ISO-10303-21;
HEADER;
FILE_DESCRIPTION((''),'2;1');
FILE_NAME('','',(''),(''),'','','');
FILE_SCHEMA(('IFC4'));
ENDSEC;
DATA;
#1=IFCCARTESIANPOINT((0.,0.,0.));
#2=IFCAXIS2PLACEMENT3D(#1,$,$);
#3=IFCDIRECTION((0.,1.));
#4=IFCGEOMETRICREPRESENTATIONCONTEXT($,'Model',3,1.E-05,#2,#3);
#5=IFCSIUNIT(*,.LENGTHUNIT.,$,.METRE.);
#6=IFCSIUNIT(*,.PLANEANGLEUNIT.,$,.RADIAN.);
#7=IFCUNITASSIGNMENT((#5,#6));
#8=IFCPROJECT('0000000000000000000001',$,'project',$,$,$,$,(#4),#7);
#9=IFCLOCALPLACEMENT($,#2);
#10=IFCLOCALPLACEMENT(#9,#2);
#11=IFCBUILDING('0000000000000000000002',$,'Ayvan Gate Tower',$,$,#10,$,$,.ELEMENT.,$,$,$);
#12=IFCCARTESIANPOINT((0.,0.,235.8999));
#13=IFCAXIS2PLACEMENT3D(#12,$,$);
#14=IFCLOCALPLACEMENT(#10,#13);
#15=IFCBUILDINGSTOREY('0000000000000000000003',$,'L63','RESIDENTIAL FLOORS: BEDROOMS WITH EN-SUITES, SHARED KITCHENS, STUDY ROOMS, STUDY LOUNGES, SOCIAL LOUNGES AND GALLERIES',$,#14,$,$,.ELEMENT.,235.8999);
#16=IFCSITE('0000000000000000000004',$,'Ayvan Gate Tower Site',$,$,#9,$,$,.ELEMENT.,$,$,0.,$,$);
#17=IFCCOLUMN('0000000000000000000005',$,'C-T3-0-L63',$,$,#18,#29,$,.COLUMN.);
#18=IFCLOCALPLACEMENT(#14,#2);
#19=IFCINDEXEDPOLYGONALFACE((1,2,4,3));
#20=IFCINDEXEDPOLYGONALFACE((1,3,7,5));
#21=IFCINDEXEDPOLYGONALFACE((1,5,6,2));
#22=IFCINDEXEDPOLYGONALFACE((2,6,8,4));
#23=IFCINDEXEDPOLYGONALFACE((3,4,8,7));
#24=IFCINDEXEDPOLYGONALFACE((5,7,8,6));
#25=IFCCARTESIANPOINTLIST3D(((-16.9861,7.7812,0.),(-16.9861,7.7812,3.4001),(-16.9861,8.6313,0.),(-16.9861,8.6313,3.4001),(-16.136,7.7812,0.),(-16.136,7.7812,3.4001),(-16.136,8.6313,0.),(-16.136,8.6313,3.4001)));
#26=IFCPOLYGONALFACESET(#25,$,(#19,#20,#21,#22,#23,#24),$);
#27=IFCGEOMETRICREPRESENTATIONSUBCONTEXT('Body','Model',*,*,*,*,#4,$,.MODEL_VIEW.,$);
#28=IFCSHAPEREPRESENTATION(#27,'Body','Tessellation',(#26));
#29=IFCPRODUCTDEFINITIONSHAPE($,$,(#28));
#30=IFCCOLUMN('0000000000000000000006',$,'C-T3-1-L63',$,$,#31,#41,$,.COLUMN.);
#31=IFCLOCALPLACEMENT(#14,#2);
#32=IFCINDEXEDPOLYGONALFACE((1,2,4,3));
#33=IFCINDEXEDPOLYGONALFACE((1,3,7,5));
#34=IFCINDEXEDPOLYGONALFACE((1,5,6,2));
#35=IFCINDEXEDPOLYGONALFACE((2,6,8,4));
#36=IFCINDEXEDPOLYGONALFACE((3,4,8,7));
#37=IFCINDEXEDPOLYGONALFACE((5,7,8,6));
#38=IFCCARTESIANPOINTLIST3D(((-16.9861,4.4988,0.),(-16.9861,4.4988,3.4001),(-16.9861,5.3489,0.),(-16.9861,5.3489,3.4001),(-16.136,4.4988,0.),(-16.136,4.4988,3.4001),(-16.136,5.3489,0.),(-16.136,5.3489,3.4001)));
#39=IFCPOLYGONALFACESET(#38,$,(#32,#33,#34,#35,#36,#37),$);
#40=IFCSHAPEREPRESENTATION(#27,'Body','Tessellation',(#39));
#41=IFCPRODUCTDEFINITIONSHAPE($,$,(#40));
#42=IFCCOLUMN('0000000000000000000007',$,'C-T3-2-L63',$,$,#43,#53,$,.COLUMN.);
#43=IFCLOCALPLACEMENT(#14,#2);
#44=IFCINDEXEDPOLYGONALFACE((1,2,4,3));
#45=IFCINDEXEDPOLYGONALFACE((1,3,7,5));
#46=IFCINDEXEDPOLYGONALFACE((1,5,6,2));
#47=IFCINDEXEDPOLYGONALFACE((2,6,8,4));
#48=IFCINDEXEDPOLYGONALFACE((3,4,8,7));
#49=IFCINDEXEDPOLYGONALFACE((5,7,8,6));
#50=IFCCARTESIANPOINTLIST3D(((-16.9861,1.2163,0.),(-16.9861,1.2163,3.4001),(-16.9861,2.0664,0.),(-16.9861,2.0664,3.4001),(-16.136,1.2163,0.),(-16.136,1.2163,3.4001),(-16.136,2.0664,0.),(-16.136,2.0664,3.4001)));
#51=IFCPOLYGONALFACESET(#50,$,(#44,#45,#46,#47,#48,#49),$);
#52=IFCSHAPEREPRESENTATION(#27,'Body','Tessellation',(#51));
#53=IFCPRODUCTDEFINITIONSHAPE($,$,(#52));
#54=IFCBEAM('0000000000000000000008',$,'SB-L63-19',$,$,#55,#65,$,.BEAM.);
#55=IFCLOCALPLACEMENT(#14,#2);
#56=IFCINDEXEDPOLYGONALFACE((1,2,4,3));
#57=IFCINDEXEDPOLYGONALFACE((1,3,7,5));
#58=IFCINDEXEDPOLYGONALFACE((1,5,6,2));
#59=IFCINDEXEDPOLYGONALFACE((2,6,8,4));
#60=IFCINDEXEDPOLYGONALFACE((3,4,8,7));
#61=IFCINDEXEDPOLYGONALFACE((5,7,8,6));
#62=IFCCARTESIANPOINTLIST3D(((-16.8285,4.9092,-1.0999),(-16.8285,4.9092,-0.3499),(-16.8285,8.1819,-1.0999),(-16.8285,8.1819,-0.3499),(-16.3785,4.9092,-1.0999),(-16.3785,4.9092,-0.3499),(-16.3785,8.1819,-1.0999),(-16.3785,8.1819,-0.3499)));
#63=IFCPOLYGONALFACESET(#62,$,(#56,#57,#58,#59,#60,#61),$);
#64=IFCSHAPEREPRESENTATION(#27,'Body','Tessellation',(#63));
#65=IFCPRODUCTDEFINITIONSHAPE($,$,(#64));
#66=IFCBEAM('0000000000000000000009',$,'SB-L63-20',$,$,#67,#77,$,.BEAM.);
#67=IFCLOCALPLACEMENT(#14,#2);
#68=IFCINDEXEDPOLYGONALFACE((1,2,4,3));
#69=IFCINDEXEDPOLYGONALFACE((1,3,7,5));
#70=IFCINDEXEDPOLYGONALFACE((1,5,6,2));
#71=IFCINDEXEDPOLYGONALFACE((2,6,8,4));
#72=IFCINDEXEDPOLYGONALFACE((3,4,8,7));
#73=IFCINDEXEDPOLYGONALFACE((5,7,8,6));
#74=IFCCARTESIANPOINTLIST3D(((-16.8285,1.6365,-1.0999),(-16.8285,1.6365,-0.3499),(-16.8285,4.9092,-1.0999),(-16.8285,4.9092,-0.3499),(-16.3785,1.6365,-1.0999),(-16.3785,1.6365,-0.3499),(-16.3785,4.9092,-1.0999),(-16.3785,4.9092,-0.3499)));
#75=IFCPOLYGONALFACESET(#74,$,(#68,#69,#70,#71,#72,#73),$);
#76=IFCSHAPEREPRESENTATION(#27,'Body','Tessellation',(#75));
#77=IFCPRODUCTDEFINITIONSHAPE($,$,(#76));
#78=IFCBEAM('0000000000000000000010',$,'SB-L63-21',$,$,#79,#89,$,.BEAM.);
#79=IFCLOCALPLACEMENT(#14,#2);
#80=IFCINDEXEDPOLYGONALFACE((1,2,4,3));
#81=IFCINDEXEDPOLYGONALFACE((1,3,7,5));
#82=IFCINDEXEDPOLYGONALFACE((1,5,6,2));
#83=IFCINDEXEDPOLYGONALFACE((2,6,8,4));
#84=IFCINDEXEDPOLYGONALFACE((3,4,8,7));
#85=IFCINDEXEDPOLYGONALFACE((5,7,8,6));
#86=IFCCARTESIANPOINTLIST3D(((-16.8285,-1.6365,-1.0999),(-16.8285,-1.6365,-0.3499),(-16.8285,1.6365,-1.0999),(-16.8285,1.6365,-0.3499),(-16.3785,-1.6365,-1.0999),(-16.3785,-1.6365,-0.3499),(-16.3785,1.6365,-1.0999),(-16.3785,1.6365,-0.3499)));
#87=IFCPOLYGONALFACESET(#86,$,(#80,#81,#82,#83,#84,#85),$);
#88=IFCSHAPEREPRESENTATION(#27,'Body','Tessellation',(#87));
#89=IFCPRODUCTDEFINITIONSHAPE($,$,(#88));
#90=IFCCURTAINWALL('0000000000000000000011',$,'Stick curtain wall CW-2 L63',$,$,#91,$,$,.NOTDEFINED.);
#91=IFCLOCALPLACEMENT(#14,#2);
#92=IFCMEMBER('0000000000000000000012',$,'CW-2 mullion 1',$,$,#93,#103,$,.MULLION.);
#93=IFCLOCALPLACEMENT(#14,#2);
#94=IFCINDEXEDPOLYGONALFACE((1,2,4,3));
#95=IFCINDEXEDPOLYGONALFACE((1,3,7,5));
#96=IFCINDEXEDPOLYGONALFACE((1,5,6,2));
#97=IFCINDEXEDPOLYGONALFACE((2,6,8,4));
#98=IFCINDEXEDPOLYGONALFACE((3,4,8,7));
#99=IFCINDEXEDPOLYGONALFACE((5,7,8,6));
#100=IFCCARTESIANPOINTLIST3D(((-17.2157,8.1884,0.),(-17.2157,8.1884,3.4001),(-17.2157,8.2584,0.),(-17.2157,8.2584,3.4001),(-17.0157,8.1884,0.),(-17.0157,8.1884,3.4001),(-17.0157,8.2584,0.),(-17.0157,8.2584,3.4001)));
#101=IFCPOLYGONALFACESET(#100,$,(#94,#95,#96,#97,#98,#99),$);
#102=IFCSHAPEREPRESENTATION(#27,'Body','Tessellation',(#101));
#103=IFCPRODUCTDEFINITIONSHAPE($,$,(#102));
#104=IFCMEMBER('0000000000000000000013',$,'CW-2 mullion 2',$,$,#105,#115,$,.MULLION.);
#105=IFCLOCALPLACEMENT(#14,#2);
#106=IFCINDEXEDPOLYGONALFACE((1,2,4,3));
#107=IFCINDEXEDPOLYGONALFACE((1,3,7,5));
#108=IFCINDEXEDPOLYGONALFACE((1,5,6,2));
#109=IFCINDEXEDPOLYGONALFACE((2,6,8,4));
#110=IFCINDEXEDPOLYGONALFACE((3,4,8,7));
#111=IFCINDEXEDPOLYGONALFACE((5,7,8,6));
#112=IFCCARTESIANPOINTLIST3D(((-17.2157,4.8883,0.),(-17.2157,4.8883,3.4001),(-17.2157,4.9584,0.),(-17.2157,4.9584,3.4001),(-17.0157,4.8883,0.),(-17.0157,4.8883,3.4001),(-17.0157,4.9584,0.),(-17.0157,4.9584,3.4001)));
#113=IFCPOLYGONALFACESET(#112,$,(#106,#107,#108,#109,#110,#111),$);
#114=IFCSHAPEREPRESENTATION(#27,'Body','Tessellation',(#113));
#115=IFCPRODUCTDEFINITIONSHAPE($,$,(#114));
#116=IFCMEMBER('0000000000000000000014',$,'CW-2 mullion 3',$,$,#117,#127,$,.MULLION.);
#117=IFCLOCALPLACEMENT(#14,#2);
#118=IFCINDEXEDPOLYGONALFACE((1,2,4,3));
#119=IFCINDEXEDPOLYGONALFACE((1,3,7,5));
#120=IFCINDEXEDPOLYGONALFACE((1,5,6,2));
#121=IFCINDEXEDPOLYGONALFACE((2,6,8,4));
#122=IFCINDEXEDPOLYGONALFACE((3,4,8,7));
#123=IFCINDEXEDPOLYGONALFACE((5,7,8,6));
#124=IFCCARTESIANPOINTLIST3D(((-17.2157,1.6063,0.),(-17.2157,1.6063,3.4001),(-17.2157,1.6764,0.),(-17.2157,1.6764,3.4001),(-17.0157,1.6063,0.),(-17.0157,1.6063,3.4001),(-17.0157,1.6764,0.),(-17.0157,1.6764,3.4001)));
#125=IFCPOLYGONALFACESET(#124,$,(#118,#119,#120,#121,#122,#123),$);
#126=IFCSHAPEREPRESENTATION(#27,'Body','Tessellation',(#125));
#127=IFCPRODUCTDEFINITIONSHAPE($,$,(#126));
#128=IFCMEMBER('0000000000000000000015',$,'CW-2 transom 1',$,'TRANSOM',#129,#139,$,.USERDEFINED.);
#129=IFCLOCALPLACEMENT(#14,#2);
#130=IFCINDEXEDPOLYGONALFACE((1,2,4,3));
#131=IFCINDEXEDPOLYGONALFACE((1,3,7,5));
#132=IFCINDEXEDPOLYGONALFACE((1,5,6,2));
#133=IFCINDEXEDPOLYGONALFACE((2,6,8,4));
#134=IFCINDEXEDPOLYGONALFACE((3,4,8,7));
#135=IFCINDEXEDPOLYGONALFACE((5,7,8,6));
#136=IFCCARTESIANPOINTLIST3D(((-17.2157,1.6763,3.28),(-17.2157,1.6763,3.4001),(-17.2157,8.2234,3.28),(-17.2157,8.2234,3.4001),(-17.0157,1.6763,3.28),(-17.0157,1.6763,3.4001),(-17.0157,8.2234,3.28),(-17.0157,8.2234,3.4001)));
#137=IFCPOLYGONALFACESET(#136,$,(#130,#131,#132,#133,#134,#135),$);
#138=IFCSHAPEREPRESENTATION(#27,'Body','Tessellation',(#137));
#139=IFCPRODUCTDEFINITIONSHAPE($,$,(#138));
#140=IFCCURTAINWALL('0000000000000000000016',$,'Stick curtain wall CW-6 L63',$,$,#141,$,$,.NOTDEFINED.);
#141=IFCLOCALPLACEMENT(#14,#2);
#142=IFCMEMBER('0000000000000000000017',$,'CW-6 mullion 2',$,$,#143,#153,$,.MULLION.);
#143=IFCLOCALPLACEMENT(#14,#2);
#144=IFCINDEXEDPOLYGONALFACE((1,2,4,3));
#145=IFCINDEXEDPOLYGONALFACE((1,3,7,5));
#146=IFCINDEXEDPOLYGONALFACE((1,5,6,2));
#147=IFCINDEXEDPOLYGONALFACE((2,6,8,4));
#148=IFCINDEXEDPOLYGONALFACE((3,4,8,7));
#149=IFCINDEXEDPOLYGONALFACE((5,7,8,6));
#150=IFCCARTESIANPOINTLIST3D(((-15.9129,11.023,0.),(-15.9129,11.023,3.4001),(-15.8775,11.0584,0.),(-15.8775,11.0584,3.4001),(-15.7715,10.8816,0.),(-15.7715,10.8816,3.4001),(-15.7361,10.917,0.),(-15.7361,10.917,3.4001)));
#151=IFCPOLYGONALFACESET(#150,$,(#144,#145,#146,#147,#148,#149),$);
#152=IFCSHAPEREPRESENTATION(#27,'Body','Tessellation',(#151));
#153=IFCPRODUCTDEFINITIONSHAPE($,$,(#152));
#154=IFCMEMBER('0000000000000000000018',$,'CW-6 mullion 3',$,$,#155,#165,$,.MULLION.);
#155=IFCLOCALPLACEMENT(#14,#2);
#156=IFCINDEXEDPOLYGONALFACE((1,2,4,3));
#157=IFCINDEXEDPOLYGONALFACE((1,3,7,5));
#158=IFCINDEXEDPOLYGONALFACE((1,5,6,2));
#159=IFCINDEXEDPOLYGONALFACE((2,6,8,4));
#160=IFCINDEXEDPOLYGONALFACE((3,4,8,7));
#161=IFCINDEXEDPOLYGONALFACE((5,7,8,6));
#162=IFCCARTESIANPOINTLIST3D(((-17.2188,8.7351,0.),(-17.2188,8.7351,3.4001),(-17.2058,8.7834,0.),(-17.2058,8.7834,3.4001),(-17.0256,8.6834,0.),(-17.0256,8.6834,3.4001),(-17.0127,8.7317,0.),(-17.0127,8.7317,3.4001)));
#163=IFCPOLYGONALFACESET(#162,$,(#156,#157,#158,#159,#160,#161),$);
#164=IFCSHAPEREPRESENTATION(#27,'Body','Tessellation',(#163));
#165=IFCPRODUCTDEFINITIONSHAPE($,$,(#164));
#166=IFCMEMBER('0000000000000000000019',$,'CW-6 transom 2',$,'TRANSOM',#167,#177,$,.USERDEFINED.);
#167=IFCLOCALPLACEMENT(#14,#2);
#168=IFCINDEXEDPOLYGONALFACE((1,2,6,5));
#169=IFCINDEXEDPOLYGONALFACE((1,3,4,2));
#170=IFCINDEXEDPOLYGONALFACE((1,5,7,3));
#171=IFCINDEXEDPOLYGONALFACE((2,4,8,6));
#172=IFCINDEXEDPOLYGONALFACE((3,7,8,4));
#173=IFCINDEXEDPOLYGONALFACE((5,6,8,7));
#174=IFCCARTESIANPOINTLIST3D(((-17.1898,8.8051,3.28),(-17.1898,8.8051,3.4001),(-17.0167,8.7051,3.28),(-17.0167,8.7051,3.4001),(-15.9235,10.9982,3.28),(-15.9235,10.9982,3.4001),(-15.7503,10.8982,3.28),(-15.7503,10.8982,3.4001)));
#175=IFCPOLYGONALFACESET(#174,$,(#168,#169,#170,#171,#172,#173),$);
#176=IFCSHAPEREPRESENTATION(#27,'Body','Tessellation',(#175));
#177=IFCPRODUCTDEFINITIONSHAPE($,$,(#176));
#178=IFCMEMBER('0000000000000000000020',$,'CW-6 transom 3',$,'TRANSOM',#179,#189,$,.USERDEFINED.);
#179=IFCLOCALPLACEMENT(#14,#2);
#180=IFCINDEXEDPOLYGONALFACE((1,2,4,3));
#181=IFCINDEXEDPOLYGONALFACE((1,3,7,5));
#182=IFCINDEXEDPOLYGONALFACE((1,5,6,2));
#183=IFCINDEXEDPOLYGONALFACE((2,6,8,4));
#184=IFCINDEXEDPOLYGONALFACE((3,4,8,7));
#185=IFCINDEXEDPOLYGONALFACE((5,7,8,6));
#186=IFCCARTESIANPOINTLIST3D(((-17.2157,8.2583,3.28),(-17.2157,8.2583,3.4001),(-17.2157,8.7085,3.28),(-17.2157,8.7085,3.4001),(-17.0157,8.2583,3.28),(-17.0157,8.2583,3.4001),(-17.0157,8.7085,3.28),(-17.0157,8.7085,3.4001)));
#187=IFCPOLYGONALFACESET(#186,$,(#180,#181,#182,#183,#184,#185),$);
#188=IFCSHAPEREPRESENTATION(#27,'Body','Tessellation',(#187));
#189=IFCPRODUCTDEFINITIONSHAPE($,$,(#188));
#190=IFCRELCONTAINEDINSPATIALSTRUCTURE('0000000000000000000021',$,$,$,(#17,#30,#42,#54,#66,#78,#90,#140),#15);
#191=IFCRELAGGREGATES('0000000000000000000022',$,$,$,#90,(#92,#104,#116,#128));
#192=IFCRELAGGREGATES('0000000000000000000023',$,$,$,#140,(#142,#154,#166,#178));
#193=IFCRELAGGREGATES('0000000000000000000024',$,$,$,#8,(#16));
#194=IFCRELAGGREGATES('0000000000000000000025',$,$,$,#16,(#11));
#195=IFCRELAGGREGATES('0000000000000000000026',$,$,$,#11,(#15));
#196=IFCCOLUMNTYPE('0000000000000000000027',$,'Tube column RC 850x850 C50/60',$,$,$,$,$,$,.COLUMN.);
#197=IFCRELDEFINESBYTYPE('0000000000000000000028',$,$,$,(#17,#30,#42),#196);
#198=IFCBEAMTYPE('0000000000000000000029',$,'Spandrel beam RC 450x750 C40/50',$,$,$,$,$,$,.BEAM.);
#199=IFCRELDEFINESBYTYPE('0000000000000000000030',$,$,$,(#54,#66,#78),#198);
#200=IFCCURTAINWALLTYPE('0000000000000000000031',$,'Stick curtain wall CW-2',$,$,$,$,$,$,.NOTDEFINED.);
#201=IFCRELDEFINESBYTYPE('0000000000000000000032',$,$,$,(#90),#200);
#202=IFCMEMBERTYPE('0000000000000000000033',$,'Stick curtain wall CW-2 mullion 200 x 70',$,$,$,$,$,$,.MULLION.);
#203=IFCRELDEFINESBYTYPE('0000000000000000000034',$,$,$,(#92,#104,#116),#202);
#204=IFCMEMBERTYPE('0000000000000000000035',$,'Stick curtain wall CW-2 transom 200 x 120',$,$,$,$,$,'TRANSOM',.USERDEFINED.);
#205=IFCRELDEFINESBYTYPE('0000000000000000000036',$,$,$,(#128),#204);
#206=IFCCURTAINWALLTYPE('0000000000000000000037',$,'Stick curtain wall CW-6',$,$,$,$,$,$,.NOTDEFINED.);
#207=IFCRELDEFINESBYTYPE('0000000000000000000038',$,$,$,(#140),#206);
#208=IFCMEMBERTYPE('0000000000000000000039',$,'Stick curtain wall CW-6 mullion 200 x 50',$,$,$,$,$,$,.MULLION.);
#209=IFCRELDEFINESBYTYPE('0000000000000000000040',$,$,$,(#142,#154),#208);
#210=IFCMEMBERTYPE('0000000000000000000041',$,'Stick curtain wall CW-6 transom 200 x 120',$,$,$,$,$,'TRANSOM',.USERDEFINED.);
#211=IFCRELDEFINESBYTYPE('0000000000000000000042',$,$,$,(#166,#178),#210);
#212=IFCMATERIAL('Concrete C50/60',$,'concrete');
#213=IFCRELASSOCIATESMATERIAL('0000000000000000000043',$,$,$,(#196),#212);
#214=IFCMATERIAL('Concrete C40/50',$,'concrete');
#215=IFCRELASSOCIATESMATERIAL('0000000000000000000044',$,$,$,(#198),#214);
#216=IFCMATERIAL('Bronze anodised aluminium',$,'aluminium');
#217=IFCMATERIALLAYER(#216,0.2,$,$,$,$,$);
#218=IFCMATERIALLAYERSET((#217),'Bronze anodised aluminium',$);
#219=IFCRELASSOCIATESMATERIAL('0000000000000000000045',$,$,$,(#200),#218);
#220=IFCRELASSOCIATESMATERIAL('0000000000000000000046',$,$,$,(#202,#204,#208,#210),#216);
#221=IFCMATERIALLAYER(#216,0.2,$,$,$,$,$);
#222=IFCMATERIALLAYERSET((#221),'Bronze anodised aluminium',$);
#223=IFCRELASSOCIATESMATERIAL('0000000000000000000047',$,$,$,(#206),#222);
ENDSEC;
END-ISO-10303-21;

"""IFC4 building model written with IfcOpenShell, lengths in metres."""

from ifc_helpers import new_model, si_unit, direction, frame, origin, origin_2d, place, context, subcontext, project, spatial, rectangle, extrude, material, layer, layer_set, material_profile, profile_set, type_object, element, aggregate, save


model = new_model("IFC4")

# Units and contexts
model_context = context("Model", 3, precision=1e-05, world=origin(), true_north=direction((0.0, 1.0)))
body_context = subcontext(model_context, "Body", "Model", "MODEL_VIEW")
ifc_project = project(units=[si_unit("LENGTHUNIT", "METRE"), si_unit("PLANEANGLEUNIT", "RADIAN")], contexts=[model_context])

# Site, building, storey
site_placement = place(None, origin())
site = spatial("IfcSite", under=ifc_project, at=site_placement, Name="Ayvan Gate Tower Site", CompositionType="ELEMENT", RefElevation=0.0)
building_placement = place(site_placement, origin())
building = spatial("IfcBuilding", under=site, at=building_placement, Name="Ayvan Gate Tower", CompositionType="ELEMENT")
storey_placement = place(building_placement, frame((0.0, 0.0, 235.8999)))
storey = spatial("IfcBuildingStorey", under=building, at=storey_placement, Name="L63", Description="RESIDENTIAL FLOORS: BEDROOMS WITH EN-SUITES, SHARED KITCHENS, STUDY ROOMS, STUDY LOUNGES, SOCIAL LOUNGES AND GALLERIES", CompositionType="ELEMENT", Elevation=235.8999)

# Columns
ifc_material_1 = material(Name="Concrete C50/60", Category="concrete")
ifc_material_profile_1 = material_profile(ifc_material_1, rectangle(XDim=0.8501, YDim=0.8501, at=origin_2d()), Name="RC 850x850")
ifc_profile_set_1 = profile_set([ifc_material_profile_1], Name="Concrete C50/60")
column_type = type_object("IfcColumnType", Name="Tube column RC 850x850 C50/60", PredefinedType="COLUMN", material=ifc_profile_set_1)
for number, where, z_axis, x_axis, name in (
    (1, (-16.561, 8.2063, 0.0), (0.0, 0.0, 1.0), (-1.0, 0.0, 0.0), "C-T3-0-L63"),
    (2, (-16.561, 4.9238, 0.0), (0.0, 0.0, 1.0), (-1.0, 0.0, 0.0), "C-T3-1-L63"),
    (3, (-16.561, 1.6414, 0.0), (0.0, 0.0, 1.0), (-1.0, 0.0, 0.0), "C-T3-2-L63"),
):
    element("IfcColumn", number, at=place(storey_placement, frame(where, z_axis=z_axis, x_axis=x_axis)), inside=storey, type_object=column_type, Name=name, PredefinedType="COLUMN", context=body_context, shape_type="SweptSolid", body=[
        extrude(rectangle(XDim=0.8501, YDim=0.8501, at=origin_2d()), origin(), (0.0, 0.0, 1.0), 3.4001),
    ])

# Beams
ifc_material_2 = material(Name="Concrete C40/50", Category="concrete")
ifc_material_profile_2 = material_profile(ifc_material_2, rectangle(XDim=0.45, YDim=0.75, at=origin_2d()), Name="RC 450x750")
ifc_profile_set_2 = profile_set([ifc_material_profile_2], Name="Concrete C40/50")
beam_type = type_object("IfcBeamType", Name="Spandrel beam RC 450x750 C40/50", PredefinedType="BEAM", material=ifc_profile_set_2)
for number, where, z_axis, x_axis, name in (
    (4, (-16.6035, 8.1819, -0.7249), (0.0, -1.0, 0.0), (1.0, 0.0, 0.0), "SB-L63-19"),
    (5, (-16.6035, 4.9092, -0.7249), (0.0, -1.0, 0.0), (1.0, 0.0, 0.0), "SB-L63-20"),
):
    element("IfcBeam", number, at=place(storey_placement, frame(where, z_axis=z_axis, x_axis=x_axis)), inside=storey, type_object=beam_type, Name=name, PredefinedType="BEAM", context=body_context, shape_type="SweptSolid", body=[
        extrude(rectangle(XDim=0.45, YDim=0.75, at=origin_2d()), origin(), (0.0, 0.0, 1.0), 3.2727),
    ])
beam_placement = place(storey_placement, frame((-16.6035, 1.6365, -0.7249), z_axis=(0.0, -1.0, 0.0), x_axis=(1.0, 0.0, 0.0)))
element("IfcBeam", 6, at=beam_placement, inside=storey, type_object=beam_type, Name="SB-L63-21", PredefinedType="BEAM", context=body_context, shape_type="SweptSolid", body=[
    extrude(rectangle(XDim=0.45, YDim=0.75, at=origin_2d()), origin(), (0.0, 0.0, 1.0), 3.2729),
])

# Curtain walls, members
ifc_material_3 = material(Name="Bronze anodised aluminium", Category="aluminium")
ifc_layer_1 = layer(ifc_material_3, 0.2)
ifc_layer_set_1 = layer_set([ifc_layer_1], Name="Bronze anodised aluminium")
curtain_wall_type_1 = type_object("IfcCurtainWallType", Name="Stick curtain wall CW-2", PredefinedType="NOTDEFINED", material=ifc_layer_set_1)
curtain_wall_1_placement = place(storey_placement, origin())
curtain_wall_1 = element("IfcCurtainWall", 7, at=curtain_wall_1_placement, inside=storey, type_object=curtain_wall_type_1, Name="Stick curtain wall CW-2 L63", PredefinedType="NOTDEFINED")
ifc_material_profile_3 = material_profile(ifc_material_3, rectangle(XDim=0.2, YDim=0.0701, at=origin_2d()), Name="Stick curtain wall CW-2 mullion 200 x 70")
ifc_profile_set_3 = profile_set([ifc_material_profile_3], Name="Bronze anodised aluminium")
member_type_1 = type_object("IfcMemberType", Name="Stick curtain wall CW-2 mullion 200 x 70", PredefinedType="MULLION", material=ifc_profile_set_3)
member_1_placement = place(storey_placement, frame((-17.1157, 8.2234, 0.0), z_axis=(0.0, 0.0, 1.0), x_axis=(-1.0, 0.0, 0.0)))
member_1 = element("IfcMember", 8, at=member_1_placement, type_object=member_type_1, Name="CW-2 mullion 1", PredefinedType="MULLION", context=body_context, shape_type="SweptSolid", body=[
    extrude(rectangle(XDim=0.2, YDim=0.0701, at=origin_2d()), origin(), (0.0, 0.0, 1.0), 3.4001),
])
member_2_placement = place(storey_placement, frame((-17.1157, 4.9233, 0.0), z_axis=(0.0, 0.0, 1.0), x_axis=(-1.0, 0.0, 0.0)))
member_2 = element("IfcMember", 9, at=member_2_placement, type_object=member_type_1, Name="CW-2 mullion 2", PredefinedType="MULLION", context=body_context, shape_type="SweptSolid", body=[
    extrude(rectangle(XDim=0.2, YDim=0.0701, at=origin_2d()), origin(), (0.0, 0.0, 1.0), 3.4001),
])
member_3_placement = place(storey_placement, frame((-17.1157, 1.6414, 0.0), z_axis=(0.0, 0.0, 1.0), x_axis=(-1.0, 0.0, 0.0)))
member_3 = element("IfcMember", 10, at=member_3_placement, type_object=member_type_1, Name="CW-2 mullion 3", PredefinedType="MULLION", context=body_context, shape_type="SweptSolid", body=[
    extrude(rectangle(XDim=0.2, YDim=0.0701, at=origin_2d()), origin(), (0.0, 0.0, 1.0), 3.4001),
])
ifc_material_profile_4 = material_profile(ifc_material_3, rectangle(XDim=0.2, YDim=0.1201, at=origin_2d()), Name="Stick curtain wall CW-2 transom 200 x 120")
ifc_profile_set_4 = profile_set([ifc_material_profile_4], Name="Bronze anodised aluminium")
member_type_2 = type_object("IfcMemberType", Name="Stick curtain wall CW-2 transom 200 x 120", ElementType="TRANSOM", PredefinedType="USERDEFINED", material=ifc_profile_set_4)
member_4_placement = place(storey_placement, frame((-17.1157, 8.2234, 3.3401), z_axis=(0.0, -1.0, 0.0), x_axis=(1.0, 0.0, 0.0)))
member_4 = element("IfcMember", 11, at=member_4_placement, type_object=member_type_2, Name="CW-2 transom 1", ObjectType="TRANSOM", PredefinedType="USERDEFINED", context=body_context, shape_type="SweptSolid", body=[
    extrude(rectangle(XDim=0.2, YDim=0.1201, at=origin_2d()), origin(), (0.0, 0.0, 1.0), 6.5471),
])
ifc_layer_2 = layer(ifc_material_3, 0.2)
ifc_layer_set_2 = layer_set([ifc_layer_2], Name="Bronze anodised aluminium")
curtain_wall_type_2 = type_object("IfcCurtainWallType", Name="Stick curtain wall CW-6", PredefinedType="NOTDEFINED", material=ifc_layer_set_2)
curtain_wall_2_placement = place(storey_placement, origin())
curtain_wall_2 = element("IfcCurtainWall", 12, at=curtain_wall_2_placement, inside=storey, type_object=curtain_wall_type_2, Name="Stick curtain wall CW-6 L63", PredefinedType="NOTDEFINED")
ifc_material_profile_5 = material_profile(ifc_material_3, rectangle(XDim=0.2, YDim=0.05, at=origin_2d()), Name="Stick curtain wall CW-6 mullion 200 x 50")
ifc_profile_set_5 = profile_set([ifc_material_profile_5], Name="Bronze anodised aluminium")
member_type_3 = type_object("IfcMemberType", Name="Stick curtain wall CW-6 mullion 200 x 50", PredefinedType="MULLION", material=ifc_profile_set_5)
member_5_placement = place(storey_placement, frame((-15.8245, 10.97, 0.0), z_axis=(0.0, 0.0, 1.0), x_axis=(-0.707107, 0.707107, 0.0)))
member_5 = element("IfcMember", 13, at=member_5_placement, type_object=member_type_3, Name="CW-6 mullion 2", PredefinedType="MULLION", context=body_context, shape_type="SweptSolid", body=[
    extrude(rectangle(XDim=0.2, YDim=0.05, at=origin_2d()), origin(), (0.0, 0.0, 1.0), 3.4001),
])
member_6_placement = place(storey_placement, frame((-17.1157, 8.7334, 0.0), z_axis=(0.0, 0.0, 1.0), x_axis=(-0.965926, 0.258819, 0.0)))
member_6 = element("IfcMember", 14, at=member_6_placement, type_object=member_type_3, Name="CW-6 mullion 3", PredefinedType="MULLION", context=body_context, shape_type="SweptSolid", body=[
    extrude(rectangle(XDim=0.2, YDim=0.05, at=origin_2d()), origin(), (0.0, 0.0, 1.0), 3.4001),
])
ifc_material_profile_6 = material_profile(ifc_material_3, rectangle(XDim=0.2, YDim=0.1201, at=origin_2d()), Name="Stick curtain wall CW-6 transom 200 x 120")
ifc_profile_set_6 = profile_set([ifc_material_profile_6], Name="Bronze anodised aluminium")
member_type_4 = type_object("IfcMemberType", Name="Stick curtain wall CW-6 transom 200 x 120", ElementType="TRANSOM", PredefinedType="USERDEFINED", material=ifc_profile_set_6)
member_7_placement = place(storey_placement, frame((-15.8369, 10.9482, 3.3401), z_axis=(-0.500048, -0.865998, 0.0), x_axis=(0.865998, -0.500048, 0.0)))
member_7 = element("IfcMember", 15, at=member_7_placement, type_object=member_type_4, Name="CW-6 transom 2", ObjectType="TRANSOM", PredefinedType="USERDEFINED", context=body_context, shape_type="SweptSolid", body=[
    extrude(rectangle(XDim=0.2, YDim=0.1201, at=origin_2d()), origin(), (0.0, 0.0, 1.0), 2.5325),
])
member_8_placement = place(storey_placement, frame((-17.1157, 8.7085, 3.3401), z_axis=(0.0, -1.0, 0.0), x_axis=(1.0, 0.0, 0.0)))
member_8 = element("IfcMember", 16, at=member_8_placement, type_object=member_type_4, Name="CW-6 transom 3", ObjectType="TRANSOM", PredefinedType="USERDEFINED", context=body_context, shape_type="SweptSolid", body=[
    extrude(rectangle(XDim=0.2, YDim=0.1201, at=origin_2d()), origin(), (0.0, 0.0, 1.0), 0.4502),
])

aggregate(curtain_wall_1, [member_1, member_2, member_3, member_4])
aggregate(curtain_wall_2, [member_5, member_6, member_7, member_8])

save(model, "model.ifc")
